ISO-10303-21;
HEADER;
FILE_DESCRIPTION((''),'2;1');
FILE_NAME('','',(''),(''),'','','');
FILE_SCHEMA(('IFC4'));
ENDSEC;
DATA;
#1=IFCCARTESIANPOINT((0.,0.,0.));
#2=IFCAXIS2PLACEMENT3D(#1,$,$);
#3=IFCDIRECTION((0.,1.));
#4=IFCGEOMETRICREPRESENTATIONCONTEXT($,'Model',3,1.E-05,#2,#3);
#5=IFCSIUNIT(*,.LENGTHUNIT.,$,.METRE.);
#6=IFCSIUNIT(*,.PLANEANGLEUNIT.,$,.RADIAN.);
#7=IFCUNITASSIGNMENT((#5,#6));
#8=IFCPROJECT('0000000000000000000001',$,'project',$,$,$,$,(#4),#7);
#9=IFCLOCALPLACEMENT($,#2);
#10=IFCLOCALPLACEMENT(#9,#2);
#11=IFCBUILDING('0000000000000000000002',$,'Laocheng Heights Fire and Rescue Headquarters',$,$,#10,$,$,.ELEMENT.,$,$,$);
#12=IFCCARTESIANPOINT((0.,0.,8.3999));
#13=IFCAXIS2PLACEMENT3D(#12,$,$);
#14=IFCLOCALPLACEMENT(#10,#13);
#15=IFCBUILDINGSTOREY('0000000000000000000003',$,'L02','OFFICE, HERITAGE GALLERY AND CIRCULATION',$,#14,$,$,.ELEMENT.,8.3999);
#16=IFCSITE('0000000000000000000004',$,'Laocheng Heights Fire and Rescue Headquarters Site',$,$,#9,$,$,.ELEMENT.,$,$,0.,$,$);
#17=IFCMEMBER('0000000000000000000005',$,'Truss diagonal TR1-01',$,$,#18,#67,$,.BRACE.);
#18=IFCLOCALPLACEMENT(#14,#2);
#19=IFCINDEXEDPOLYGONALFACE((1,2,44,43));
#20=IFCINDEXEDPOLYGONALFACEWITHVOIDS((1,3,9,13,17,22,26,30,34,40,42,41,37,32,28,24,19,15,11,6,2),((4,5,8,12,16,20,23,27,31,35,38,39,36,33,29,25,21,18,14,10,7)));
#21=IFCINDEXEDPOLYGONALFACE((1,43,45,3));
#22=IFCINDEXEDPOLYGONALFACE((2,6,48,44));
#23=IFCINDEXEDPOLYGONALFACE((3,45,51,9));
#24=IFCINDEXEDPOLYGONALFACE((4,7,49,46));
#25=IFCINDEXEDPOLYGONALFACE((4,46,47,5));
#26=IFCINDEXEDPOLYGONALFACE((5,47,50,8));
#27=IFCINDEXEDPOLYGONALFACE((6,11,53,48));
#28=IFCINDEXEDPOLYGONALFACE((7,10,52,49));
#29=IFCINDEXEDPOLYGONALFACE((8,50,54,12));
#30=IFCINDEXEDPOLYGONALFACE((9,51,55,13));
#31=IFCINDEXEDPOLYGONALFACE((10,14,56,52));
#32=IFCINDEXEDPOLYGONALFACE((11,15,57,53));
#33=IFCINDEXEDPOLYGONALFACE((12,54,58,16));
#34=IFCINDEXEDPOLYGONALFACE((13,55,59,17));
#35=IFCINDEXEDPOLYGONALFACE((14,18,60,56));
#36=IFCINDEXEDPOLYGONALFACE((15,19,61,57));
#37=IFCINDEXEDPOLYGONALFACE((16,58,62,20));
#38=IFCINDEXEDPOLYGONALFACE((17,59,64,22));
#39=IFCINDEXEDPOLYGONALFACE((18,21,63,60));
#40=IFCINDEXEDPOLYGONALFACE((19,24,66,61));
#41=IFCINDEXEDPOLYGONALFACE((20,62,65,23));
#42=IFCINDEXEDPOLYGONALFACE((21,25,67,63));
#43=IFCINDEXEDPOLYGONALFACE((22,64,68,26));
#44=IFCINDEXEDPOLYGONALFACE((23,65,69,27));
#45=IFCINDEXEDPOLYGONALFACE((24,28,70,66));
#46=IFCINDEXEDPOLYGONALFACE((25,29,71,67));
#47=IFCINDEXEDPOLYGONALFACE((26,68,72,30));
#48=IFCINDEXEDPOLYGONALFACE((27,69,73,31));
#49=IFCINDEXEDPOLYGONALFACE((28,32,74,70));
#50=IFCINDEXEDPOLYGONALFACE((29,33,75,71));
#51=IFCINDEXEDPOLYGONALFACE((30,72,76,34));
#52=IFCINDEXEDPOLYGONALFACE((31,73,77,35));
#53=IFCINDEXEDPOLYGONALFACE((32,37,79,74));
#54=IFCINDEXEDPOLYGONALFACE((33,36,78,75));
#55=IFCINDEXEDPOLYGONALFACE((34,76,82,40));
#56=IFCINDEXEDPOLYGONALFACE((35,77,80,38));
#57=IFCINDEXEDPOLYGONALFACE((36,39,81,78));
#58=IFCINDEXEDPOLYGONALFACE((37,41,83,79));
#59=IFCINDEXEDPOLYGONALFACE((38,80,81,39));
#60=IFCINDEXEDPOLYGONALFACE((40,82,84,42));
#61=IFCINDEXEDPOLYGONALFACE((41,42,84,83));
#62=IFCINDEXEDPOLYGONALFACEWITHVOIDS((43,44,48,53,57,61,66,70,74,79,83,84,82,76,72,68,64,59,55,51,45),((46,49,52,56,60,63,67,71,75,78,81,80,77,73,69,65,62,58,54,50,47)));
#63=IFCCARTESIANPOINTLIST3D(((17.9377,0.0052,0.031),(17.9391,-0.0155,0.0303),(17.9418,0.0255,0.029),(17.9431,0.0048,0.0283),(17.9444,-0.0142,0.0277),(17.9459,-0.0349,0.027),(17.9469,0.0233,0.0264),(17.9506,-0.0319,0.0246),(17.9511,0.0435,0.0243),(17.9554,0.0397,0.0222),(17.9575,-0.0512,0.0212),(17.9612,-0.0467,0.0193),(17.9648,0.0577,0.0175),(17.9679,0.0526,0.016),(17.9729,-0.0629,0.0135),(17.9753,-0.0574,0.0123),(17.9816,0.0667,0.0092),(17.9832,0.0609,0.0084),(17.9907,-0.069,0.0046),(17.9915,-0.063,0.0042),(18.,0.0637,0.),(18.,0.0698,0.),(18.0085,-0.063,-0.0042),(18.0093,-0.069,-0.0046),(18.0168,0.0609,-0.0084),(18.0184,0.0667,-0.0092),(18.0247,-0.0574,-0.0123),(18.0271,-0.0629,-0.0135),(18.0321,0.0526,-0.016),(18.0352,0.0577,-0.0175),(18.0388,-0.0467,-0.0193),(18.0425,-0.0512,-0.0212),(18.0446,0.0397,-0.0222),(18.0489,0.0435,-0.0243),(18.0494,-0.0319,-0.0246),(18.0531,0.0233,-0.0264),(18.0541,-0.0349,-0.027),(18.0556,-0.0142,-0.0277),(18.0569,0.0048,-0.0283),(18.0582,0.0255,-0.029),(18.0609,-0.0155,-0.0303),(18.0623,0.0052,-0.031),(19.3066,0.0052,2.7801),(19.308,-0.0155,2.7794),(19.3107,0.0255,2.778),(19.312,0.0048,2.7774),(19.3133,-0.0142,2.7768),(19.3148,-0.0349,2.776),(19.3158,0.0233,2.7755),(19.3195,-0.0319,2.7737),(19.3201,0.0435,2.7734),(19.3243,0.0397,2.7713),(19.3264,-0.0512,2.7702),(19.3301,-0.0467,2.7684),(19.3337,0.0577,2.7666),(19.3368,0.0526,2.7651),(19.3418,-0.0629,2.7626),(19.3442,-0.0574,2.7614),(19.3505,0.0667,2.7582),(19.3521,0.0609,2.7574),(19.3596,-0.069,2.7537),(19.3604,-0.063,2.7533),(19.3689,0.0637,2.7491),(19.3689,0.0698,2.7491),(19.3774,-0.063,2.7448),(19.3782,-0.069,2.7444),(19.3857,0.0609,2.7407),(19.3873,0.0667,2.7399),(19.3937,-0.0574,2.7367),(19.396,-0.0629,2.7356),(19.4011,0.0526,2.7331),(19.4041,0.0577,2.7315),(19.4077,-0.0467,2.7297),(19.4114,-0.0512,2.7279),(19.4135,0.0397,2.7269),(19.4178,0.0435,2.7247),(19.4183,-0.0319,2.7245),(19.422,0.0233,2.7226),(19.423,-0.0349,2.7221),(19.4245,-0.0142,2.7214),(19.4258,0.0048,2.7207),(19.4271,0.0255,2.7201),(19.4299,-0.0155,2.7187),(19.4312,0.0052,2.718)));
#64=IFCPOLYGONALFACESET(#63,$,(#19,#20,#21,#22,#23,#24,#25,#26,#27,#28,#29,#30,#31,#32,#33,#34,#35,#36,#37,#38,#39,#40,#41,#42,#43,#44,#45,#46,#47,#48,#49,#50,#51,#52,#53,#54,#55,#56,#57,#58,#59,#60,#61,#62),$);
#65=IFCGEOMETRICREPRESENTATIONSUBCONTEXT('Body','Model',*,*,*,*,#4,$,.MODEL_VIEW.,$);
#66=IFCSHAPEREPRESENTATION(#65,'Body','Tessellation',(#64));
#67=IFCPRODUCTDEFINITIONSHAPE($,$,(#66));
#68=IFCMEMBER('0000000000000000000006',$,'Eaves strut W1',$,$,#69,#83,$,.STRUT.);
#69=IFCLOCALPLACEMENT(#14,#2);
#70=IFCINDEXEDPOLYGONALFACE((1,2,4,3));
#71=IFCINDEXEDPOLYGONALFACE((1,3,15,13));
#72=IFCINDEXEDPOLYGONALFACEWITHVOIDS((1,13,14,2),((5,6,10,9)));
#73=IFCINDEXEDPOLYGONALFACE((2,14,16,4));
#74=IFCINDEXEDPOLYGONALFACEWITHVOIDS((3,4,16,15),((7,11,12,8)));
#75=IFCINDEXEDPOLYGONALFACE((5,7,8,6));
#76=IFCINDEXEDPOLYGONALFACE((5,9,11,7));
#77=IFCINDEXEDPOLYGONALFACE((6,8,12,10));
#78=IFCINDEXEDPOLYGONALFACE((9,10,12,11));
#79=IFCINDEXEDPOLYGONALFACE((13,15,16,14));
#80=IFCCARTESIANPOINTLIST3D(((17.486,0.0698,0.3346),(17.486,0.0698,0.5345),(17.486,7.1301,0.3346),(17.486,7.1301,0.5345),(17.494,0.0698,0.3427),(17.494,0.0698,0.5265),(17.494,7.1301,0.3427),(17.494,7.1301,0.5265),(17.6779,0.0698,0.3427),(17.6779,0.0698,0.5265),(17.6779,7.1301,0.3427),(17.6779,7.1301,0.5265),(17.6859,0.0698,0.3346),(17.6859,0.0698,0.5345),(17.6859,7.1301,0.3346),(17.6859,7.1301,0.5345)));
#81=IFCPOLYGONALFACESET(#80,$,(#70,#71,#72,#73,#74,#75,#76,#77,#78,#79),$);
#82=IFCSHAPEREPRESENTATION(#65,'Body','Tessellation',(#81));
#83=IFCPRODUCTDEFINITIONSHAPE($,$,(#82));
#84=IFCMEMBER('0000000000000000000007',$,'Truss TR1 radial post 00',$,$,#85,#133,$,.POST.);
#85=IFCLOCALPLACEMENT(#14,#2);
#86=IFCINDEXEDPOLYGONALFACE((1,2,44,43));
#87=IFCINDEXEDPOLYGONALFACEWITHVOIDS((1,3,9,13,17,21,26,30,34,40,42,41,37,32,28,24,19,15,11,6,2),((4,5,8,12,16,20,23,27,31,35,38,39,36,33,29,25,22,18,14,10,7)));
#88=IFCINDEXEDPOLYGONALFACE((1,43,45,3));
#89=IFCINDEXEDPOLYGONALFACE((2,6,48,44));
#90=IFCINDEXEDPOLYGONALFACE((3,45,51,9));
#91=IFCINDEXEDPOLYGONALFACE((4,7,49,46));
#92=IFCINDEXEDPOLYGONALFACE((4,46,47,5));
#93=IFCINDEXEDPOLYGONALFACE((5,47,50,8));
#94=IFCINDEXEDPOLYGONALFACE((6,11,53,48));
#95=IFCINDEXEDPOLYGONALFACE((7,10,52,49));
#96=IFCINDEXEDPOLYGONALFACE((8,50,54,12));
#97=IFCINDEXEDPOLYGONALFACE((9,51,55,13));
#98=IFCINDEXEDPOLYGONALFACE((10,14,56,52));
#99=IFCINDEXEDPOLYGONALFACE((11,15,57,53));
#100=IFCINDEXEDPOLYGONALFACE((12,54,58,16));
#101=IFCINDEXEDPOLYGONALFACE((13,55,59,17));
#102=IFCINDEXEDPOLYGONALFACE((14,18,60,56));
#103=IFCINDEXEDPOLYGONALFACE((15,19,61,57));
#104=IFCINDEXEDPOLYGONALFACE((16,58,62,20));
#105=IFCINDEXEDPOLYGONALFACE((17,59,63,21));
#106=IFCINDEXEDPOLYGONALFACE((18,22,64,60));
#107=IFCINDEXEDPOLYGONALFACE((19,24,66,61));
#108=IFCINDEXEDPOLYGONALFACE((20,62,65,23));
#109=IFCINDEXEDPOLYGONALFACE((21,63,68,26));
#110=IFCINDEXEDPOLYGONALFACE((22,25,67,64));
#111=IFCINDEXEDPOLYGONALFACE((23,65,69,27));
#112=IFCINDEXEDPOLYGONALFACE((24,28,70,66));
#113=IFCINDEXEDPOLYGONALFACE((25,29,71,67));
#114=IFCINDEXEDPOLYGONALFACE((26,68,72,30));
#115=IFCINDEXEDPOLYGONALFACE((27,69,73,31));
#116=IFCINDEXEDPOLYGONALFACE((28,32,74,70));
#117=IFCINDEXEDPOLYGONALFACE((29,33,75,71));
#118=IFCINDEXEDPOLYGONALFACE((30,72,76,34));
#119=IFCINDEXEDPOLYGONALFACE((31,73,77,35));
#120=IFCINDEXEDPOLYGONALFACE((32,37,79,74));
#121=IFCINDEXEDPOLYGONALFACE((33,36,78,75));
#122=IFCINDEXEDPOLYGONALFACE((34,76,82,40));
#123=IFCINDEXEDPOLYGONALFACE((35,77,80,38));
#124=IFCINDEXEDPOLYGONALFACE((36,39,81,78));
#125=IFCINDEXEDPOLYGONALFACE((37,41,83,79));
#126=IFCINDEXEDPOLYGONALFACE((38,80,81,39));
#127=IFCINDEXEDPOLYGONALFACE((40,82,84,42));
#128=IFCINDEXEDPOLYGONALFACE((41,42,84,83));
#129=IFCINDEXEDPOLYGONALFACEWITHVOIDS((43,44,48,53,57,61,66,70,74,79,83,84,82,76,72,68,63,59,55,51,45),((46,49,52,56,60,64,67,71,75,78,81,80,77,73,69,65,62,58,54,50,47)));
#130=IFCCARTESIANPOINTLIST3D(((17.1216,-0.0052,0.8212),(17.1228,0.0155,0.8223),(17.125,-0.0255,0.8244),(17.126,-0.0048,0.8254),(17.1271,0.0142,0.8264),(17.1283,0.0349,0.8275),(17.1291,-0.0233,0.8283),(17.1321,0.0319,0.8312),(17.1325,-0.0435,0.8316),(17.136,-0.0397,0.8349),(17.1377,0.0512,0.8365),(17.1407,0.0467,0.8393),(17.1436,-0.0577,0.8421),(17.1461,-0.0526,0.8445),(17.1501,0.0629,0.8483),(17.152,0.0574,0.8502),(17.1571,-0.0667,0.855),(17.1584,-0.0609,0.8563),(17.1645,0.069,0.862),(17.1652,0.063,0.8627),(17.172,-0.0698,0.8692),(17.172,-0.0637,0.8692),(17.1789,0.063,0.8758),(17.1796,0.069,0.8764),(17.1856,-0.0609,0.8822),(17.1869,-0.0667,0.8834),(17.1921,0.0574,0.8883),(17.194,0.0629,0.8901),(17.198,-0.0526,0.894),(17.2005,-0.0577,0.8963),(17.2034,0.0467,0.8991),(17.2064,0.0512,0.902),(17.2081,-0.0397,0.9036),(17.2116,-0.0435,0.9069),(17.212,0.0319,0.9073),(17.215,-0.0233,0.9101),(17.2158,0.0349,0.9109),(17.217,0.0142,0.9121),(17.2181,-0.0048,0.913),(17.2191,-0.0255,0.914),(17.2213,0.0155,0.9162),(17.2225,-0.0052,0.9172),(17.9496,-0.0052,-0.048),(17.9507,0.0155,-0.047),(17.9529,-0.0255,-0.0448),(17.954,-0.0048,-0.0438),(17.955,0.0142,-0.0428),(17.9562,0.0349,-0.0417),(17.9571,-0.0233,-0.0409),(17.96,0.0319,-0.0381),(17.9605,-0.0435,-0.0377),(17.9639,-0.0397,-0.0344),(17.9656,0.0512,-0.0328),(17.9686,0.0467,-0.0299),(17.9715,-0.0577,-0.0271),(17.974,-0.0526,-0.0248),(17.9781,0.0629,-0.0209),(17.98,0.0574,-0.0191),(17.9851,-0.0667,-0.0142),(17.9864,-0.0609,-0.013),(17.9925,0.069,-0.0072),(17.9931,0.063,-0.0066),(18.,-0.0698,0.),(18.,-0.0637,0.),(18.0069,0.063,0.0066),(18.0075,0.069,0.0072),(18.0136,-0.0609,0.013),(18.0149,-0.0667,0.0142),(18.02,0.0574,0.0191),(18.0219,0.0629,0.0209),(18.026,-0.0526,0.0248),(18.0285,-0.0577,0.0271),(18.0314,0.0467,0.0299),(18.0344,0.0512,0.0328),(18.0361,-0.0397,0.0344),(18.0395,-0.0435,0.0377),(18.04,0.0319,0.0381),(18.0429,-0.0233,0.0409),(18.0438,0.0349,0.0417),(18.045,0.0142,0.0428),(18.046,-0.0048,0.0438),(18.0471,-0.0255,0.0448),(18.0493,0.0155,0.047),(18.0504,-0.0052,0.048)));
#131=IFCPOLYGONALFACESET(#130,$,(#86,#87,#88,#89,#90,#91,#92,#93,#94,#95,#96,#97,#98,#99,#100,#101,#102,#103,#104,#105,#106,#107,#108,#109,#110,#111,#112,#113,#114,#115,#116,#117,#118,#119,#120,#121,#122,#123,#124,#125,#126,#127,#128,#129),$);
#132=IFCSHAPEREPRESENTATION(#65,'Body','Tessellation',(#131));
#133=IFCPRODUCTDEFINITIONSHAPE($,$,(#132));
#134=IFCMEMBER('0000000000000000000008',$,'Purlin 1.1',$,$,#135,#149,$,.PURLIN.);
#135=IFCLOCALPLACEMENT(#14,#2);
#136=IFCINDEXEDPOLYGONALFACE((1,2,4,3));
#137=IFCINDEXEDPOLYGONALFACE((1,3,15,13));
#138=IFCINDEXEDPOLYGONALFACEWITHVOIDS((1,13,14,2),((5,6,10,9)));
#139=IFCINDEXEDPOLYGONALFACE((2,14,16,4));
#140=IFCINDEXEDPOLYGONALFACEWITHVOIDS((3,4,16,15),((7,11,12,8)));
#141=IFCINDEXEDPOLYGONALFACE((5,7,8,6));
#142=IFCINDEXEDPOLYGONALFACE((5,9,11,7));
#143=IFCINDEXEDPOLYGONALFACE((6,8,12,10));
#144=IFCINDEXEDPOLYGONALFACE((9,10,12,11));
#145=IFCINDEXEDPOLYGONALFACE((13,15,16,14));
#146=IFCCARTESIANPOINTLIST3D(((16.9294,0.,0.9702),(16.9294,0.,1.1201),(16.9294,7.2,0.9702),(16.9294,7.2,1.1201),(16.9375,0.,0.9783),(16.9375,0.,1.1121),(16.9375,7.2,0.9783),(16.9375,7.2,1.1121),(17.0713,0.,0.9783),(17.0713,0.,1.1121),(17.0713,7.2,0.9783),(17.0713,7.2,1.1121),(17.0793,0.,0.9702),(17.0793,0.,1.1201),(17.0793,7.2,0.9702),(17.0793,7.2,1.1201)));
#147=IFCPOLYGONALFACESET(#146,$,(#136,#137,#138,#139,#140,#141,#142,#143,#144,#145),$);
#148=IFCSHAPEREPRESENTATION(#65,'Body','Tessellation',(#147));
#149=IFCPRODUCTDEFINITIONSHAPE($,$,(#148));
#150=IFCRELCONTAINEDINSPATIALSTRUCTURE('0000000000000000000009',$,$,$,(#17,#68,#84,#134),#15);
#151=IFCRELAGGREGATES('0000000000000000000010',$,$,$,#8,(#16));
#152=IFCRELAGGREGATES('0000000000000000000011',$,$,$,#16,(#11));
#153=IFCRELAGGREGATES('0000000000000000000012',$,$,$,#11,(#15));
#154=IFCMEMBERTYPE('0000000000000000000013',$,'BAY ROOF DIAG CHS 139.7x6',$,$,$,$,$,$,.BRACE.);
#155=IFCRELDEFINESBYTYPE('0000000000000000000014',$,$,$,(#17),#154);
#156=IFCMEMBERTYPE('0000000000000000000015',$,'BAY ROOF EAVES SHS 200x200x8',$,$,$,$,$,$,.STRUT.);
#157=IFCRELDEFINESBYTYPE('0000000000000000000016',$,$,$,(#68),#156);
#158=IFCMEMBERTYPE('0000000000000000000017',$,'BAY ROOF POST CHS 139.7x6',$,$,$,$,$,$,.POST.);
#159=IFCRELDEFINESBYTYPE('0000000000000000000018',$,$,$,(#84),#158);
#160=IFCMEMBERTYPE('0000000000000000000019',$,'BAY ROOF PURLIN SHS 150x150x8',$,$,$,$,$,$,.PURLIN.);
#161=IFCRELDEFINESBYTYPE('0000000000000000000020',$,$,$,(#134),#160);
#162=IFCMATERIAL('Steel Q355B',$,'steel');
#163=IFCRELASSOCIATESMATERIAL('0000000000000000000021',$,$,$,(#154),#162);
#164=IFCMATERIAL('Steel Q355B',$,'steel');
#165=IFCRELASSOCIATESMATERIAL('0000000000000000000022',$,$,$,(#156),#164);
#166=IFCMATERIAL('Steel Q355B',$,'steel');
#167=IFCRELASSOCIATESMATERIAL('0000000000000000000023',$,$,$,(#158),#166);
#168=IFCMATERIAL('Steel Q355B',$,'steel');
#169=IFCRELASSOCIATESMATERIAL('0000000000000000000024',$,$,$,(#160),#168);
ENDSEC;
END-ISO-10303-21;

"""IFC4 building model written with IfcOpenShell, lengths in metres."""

from ifc_helpers import new_model, si_unit, direction, frame, origin, origin_2d, place, context, subcontext, project, spatial, hollow_rectangle, hollow_circle, extrude, material, material_profile, profile_set, type_object, element, save


model = new_model("IFC4")

# Units and contexts
model_context = context("Model", 3, precision=1e-05, world=origin(), true_north=direction((0.0, 1.0)))
body_context = subcontext(model_context, "Body", "Model", "MODEL_VIEW")
ifc_project = project(units=[si_unit("LENGTHUNIT", "METRE"), si_unit("PLANEANGLEUNIT", "RADIAN")], contexts=[model_context])

# Site, building, storey
site_placement = place(None, origin())
site = spatial("IfcSite", under=ifc_project, at=site_placement, Name="Laocheng Heights Fire and Rescue Headquarters Site", CompositionType="ELEMENT", RefElevation=0.0)
building_placement = place(site_placement, origin())
building = spatial("IfcBuilding", under=site, at=building_placement, Name="Laocheng Heights Fire and Rescue Headquarters", CompositionType="ELEMENT")
storey_placement = place(building_placement, frame((0.0, 0.0, 8.3999)))
storey = spatial("IfcBuildingStorey", under=building, at=storey_placement, Name="L02", Description="OFFICE, HERITAGE GALLERY AND CIRCULATION", CompositionType="ELEMENT", Elevation=8.3999)

# Members
ifc_material_1 = material(Name="Steel Q355B", Category="steel")
ifc_material_profile_1 = material_profile(ifc_material_1, hollow_circle(Radius=0.0698, WallThickness=0.0061, at=origin_2d()), Name="CHS 139.7x6")
ifc_profile_set_1 = profile_set([ifc_material_profile_1], Name="Steel Q355B")
member_type_1 = type_object("IfcMemberType", Name="BAY ROOF DIAG CHS 139.7x6", PredefinedType="BRACE", material=ifc_profile_set_1)
member_1_placement = place(storey_placement, frame((18.0, 0.0, 0.0), z_axis=(0.44575, 0.0, 0.895157), x_axis=(0.0, 1.0, 0.0)))
element("IfcMember", 1, at=member_1_placement, inside=storey, type_object=member_type_1, Name="Truss diagonal TR1-01", PredefinedType="BRACE", context=body_context, shape_type="SweptSolid", body=[
    extrude(hollow_circle(Radius=0.0698, WallThickness=0.0061, at=origin_2d()), origin(), (0.0, 0.0, 1.0), 3.071),
])
ifc_material_2 = material(Name="Steel Q355B", Category="steel")
ifc_material_profile_2 = material_profile(ifc_material_2, hollow_rectangle(XDim=0.2, YDim=0.2, WallThickness=0.0081, at=origin_2d()), Name="SHS 200x200x8")
ifc_profile_set_2 = profile_set([ifc_material_profile_2], Name="Steel Q355B")
member_type_2 = type_object("IfcMemberType", Name="BAY ROOF EAVES SHS 200x200x8", PredefinedType="STRUT", material=ifc_profile_set_2)
member_2_placement = place(storey_placement, frame((17.5859, 0.0698, 0.4346), z_axis=(0.0, 1.0, 0.0), x_axis=(-1.0, 0.0, 0.0)))
element("IfcMember", 2, at=member_2_placement, inside=storey, type_object=member_type_2, Name="Eaves strut W1", PredefinedType="STRUT", context=body_context, shape_type="SweptSolid", body=[
    extrude(hollow_rectangle(XDim=0.2, YDim=0.2, WallThickness=0.0081, at=origin_2d()), origin(), (0.0, 0.0, 1.0), 7.0603),
])
ifc_material_3 = material(Name="Steel Q355B", Category="steel")
ifc_material_profile_3 = material_profile(ifc_material_3, hollow_circle(Radius=0.0698, WallThickness=0.0061, at=origin_2d()), Name="CHS 139.7x6")
ifc_profile_set_3 = profile_set([ifc_material_profile_3], Name="Steel Q355B")
member_type_3 = type_object("IfcMemberType", Name="BAY ROOF POST CHS 139.7x6", PredefinedType="POST", material=ifc_profile_set_3)
member_3_placement = place(storey_placement, frame((18.0, 0.0, 0.0), z_axis=(-0.689711, 0.0, 0.724085), x_axis=(0.0, -1.0, 0.0)))
element("IfcMember", 3, at=member_3_placement, inside=storey, type_object=member_type_3, Name="Truss TR1 radial post 00", PredefinedType="POST", context=body_context, shape_type="SweptSolid", body=[
    extrude(hollow_circle(Radius=0.0698, WallThickness=0.0061, at=origin_2d()), origin(), (0.0, 0.0, 1.0), 1.2004),
])
ifc_material_4 = material(Name="Steel Q355B", Category="steel")
ifc_material_profile_4 = material_profile(ifc_material_4, hollow_rectangle(XDim=0.1499, YDim=0.1499, WallThickness=0.0081, at=origin_2d()), Name="SHS 150x150x8")
ifc_profile_set_4 = profile_set([ifc_material_profile_4], Name="Steel Q355B")
member_type_4 = type_object("IfcMemberType", Name="BAY ROOF PURLIN SHS 150x150x8", PredefinedType="PURLIN", material=ifc_profile_set_4)
member_4_placement = place(storey_placement, frame((17.0044, 0.0, 1.0452), z_axis=(0.0, 1.0, 0.0), x_axis=(-1.0, 0.0, 0.0)))
element("IfcMember", 4, at=member_4_placement, inside=storey, type_object=member_type_4, Name="Purlin 1.1", PredefinedType="PURLIN", context=body_context, shape_type="SweptSolid", body=[
    extrude(hollow_rectangle(XDim=0.1499, YDim=0.1499, WallThickness=0.0081, at=origin_2d()), origin(), (0.0, 0.0, 1.0), 7.2),
])

save(model, "model.ifc")
